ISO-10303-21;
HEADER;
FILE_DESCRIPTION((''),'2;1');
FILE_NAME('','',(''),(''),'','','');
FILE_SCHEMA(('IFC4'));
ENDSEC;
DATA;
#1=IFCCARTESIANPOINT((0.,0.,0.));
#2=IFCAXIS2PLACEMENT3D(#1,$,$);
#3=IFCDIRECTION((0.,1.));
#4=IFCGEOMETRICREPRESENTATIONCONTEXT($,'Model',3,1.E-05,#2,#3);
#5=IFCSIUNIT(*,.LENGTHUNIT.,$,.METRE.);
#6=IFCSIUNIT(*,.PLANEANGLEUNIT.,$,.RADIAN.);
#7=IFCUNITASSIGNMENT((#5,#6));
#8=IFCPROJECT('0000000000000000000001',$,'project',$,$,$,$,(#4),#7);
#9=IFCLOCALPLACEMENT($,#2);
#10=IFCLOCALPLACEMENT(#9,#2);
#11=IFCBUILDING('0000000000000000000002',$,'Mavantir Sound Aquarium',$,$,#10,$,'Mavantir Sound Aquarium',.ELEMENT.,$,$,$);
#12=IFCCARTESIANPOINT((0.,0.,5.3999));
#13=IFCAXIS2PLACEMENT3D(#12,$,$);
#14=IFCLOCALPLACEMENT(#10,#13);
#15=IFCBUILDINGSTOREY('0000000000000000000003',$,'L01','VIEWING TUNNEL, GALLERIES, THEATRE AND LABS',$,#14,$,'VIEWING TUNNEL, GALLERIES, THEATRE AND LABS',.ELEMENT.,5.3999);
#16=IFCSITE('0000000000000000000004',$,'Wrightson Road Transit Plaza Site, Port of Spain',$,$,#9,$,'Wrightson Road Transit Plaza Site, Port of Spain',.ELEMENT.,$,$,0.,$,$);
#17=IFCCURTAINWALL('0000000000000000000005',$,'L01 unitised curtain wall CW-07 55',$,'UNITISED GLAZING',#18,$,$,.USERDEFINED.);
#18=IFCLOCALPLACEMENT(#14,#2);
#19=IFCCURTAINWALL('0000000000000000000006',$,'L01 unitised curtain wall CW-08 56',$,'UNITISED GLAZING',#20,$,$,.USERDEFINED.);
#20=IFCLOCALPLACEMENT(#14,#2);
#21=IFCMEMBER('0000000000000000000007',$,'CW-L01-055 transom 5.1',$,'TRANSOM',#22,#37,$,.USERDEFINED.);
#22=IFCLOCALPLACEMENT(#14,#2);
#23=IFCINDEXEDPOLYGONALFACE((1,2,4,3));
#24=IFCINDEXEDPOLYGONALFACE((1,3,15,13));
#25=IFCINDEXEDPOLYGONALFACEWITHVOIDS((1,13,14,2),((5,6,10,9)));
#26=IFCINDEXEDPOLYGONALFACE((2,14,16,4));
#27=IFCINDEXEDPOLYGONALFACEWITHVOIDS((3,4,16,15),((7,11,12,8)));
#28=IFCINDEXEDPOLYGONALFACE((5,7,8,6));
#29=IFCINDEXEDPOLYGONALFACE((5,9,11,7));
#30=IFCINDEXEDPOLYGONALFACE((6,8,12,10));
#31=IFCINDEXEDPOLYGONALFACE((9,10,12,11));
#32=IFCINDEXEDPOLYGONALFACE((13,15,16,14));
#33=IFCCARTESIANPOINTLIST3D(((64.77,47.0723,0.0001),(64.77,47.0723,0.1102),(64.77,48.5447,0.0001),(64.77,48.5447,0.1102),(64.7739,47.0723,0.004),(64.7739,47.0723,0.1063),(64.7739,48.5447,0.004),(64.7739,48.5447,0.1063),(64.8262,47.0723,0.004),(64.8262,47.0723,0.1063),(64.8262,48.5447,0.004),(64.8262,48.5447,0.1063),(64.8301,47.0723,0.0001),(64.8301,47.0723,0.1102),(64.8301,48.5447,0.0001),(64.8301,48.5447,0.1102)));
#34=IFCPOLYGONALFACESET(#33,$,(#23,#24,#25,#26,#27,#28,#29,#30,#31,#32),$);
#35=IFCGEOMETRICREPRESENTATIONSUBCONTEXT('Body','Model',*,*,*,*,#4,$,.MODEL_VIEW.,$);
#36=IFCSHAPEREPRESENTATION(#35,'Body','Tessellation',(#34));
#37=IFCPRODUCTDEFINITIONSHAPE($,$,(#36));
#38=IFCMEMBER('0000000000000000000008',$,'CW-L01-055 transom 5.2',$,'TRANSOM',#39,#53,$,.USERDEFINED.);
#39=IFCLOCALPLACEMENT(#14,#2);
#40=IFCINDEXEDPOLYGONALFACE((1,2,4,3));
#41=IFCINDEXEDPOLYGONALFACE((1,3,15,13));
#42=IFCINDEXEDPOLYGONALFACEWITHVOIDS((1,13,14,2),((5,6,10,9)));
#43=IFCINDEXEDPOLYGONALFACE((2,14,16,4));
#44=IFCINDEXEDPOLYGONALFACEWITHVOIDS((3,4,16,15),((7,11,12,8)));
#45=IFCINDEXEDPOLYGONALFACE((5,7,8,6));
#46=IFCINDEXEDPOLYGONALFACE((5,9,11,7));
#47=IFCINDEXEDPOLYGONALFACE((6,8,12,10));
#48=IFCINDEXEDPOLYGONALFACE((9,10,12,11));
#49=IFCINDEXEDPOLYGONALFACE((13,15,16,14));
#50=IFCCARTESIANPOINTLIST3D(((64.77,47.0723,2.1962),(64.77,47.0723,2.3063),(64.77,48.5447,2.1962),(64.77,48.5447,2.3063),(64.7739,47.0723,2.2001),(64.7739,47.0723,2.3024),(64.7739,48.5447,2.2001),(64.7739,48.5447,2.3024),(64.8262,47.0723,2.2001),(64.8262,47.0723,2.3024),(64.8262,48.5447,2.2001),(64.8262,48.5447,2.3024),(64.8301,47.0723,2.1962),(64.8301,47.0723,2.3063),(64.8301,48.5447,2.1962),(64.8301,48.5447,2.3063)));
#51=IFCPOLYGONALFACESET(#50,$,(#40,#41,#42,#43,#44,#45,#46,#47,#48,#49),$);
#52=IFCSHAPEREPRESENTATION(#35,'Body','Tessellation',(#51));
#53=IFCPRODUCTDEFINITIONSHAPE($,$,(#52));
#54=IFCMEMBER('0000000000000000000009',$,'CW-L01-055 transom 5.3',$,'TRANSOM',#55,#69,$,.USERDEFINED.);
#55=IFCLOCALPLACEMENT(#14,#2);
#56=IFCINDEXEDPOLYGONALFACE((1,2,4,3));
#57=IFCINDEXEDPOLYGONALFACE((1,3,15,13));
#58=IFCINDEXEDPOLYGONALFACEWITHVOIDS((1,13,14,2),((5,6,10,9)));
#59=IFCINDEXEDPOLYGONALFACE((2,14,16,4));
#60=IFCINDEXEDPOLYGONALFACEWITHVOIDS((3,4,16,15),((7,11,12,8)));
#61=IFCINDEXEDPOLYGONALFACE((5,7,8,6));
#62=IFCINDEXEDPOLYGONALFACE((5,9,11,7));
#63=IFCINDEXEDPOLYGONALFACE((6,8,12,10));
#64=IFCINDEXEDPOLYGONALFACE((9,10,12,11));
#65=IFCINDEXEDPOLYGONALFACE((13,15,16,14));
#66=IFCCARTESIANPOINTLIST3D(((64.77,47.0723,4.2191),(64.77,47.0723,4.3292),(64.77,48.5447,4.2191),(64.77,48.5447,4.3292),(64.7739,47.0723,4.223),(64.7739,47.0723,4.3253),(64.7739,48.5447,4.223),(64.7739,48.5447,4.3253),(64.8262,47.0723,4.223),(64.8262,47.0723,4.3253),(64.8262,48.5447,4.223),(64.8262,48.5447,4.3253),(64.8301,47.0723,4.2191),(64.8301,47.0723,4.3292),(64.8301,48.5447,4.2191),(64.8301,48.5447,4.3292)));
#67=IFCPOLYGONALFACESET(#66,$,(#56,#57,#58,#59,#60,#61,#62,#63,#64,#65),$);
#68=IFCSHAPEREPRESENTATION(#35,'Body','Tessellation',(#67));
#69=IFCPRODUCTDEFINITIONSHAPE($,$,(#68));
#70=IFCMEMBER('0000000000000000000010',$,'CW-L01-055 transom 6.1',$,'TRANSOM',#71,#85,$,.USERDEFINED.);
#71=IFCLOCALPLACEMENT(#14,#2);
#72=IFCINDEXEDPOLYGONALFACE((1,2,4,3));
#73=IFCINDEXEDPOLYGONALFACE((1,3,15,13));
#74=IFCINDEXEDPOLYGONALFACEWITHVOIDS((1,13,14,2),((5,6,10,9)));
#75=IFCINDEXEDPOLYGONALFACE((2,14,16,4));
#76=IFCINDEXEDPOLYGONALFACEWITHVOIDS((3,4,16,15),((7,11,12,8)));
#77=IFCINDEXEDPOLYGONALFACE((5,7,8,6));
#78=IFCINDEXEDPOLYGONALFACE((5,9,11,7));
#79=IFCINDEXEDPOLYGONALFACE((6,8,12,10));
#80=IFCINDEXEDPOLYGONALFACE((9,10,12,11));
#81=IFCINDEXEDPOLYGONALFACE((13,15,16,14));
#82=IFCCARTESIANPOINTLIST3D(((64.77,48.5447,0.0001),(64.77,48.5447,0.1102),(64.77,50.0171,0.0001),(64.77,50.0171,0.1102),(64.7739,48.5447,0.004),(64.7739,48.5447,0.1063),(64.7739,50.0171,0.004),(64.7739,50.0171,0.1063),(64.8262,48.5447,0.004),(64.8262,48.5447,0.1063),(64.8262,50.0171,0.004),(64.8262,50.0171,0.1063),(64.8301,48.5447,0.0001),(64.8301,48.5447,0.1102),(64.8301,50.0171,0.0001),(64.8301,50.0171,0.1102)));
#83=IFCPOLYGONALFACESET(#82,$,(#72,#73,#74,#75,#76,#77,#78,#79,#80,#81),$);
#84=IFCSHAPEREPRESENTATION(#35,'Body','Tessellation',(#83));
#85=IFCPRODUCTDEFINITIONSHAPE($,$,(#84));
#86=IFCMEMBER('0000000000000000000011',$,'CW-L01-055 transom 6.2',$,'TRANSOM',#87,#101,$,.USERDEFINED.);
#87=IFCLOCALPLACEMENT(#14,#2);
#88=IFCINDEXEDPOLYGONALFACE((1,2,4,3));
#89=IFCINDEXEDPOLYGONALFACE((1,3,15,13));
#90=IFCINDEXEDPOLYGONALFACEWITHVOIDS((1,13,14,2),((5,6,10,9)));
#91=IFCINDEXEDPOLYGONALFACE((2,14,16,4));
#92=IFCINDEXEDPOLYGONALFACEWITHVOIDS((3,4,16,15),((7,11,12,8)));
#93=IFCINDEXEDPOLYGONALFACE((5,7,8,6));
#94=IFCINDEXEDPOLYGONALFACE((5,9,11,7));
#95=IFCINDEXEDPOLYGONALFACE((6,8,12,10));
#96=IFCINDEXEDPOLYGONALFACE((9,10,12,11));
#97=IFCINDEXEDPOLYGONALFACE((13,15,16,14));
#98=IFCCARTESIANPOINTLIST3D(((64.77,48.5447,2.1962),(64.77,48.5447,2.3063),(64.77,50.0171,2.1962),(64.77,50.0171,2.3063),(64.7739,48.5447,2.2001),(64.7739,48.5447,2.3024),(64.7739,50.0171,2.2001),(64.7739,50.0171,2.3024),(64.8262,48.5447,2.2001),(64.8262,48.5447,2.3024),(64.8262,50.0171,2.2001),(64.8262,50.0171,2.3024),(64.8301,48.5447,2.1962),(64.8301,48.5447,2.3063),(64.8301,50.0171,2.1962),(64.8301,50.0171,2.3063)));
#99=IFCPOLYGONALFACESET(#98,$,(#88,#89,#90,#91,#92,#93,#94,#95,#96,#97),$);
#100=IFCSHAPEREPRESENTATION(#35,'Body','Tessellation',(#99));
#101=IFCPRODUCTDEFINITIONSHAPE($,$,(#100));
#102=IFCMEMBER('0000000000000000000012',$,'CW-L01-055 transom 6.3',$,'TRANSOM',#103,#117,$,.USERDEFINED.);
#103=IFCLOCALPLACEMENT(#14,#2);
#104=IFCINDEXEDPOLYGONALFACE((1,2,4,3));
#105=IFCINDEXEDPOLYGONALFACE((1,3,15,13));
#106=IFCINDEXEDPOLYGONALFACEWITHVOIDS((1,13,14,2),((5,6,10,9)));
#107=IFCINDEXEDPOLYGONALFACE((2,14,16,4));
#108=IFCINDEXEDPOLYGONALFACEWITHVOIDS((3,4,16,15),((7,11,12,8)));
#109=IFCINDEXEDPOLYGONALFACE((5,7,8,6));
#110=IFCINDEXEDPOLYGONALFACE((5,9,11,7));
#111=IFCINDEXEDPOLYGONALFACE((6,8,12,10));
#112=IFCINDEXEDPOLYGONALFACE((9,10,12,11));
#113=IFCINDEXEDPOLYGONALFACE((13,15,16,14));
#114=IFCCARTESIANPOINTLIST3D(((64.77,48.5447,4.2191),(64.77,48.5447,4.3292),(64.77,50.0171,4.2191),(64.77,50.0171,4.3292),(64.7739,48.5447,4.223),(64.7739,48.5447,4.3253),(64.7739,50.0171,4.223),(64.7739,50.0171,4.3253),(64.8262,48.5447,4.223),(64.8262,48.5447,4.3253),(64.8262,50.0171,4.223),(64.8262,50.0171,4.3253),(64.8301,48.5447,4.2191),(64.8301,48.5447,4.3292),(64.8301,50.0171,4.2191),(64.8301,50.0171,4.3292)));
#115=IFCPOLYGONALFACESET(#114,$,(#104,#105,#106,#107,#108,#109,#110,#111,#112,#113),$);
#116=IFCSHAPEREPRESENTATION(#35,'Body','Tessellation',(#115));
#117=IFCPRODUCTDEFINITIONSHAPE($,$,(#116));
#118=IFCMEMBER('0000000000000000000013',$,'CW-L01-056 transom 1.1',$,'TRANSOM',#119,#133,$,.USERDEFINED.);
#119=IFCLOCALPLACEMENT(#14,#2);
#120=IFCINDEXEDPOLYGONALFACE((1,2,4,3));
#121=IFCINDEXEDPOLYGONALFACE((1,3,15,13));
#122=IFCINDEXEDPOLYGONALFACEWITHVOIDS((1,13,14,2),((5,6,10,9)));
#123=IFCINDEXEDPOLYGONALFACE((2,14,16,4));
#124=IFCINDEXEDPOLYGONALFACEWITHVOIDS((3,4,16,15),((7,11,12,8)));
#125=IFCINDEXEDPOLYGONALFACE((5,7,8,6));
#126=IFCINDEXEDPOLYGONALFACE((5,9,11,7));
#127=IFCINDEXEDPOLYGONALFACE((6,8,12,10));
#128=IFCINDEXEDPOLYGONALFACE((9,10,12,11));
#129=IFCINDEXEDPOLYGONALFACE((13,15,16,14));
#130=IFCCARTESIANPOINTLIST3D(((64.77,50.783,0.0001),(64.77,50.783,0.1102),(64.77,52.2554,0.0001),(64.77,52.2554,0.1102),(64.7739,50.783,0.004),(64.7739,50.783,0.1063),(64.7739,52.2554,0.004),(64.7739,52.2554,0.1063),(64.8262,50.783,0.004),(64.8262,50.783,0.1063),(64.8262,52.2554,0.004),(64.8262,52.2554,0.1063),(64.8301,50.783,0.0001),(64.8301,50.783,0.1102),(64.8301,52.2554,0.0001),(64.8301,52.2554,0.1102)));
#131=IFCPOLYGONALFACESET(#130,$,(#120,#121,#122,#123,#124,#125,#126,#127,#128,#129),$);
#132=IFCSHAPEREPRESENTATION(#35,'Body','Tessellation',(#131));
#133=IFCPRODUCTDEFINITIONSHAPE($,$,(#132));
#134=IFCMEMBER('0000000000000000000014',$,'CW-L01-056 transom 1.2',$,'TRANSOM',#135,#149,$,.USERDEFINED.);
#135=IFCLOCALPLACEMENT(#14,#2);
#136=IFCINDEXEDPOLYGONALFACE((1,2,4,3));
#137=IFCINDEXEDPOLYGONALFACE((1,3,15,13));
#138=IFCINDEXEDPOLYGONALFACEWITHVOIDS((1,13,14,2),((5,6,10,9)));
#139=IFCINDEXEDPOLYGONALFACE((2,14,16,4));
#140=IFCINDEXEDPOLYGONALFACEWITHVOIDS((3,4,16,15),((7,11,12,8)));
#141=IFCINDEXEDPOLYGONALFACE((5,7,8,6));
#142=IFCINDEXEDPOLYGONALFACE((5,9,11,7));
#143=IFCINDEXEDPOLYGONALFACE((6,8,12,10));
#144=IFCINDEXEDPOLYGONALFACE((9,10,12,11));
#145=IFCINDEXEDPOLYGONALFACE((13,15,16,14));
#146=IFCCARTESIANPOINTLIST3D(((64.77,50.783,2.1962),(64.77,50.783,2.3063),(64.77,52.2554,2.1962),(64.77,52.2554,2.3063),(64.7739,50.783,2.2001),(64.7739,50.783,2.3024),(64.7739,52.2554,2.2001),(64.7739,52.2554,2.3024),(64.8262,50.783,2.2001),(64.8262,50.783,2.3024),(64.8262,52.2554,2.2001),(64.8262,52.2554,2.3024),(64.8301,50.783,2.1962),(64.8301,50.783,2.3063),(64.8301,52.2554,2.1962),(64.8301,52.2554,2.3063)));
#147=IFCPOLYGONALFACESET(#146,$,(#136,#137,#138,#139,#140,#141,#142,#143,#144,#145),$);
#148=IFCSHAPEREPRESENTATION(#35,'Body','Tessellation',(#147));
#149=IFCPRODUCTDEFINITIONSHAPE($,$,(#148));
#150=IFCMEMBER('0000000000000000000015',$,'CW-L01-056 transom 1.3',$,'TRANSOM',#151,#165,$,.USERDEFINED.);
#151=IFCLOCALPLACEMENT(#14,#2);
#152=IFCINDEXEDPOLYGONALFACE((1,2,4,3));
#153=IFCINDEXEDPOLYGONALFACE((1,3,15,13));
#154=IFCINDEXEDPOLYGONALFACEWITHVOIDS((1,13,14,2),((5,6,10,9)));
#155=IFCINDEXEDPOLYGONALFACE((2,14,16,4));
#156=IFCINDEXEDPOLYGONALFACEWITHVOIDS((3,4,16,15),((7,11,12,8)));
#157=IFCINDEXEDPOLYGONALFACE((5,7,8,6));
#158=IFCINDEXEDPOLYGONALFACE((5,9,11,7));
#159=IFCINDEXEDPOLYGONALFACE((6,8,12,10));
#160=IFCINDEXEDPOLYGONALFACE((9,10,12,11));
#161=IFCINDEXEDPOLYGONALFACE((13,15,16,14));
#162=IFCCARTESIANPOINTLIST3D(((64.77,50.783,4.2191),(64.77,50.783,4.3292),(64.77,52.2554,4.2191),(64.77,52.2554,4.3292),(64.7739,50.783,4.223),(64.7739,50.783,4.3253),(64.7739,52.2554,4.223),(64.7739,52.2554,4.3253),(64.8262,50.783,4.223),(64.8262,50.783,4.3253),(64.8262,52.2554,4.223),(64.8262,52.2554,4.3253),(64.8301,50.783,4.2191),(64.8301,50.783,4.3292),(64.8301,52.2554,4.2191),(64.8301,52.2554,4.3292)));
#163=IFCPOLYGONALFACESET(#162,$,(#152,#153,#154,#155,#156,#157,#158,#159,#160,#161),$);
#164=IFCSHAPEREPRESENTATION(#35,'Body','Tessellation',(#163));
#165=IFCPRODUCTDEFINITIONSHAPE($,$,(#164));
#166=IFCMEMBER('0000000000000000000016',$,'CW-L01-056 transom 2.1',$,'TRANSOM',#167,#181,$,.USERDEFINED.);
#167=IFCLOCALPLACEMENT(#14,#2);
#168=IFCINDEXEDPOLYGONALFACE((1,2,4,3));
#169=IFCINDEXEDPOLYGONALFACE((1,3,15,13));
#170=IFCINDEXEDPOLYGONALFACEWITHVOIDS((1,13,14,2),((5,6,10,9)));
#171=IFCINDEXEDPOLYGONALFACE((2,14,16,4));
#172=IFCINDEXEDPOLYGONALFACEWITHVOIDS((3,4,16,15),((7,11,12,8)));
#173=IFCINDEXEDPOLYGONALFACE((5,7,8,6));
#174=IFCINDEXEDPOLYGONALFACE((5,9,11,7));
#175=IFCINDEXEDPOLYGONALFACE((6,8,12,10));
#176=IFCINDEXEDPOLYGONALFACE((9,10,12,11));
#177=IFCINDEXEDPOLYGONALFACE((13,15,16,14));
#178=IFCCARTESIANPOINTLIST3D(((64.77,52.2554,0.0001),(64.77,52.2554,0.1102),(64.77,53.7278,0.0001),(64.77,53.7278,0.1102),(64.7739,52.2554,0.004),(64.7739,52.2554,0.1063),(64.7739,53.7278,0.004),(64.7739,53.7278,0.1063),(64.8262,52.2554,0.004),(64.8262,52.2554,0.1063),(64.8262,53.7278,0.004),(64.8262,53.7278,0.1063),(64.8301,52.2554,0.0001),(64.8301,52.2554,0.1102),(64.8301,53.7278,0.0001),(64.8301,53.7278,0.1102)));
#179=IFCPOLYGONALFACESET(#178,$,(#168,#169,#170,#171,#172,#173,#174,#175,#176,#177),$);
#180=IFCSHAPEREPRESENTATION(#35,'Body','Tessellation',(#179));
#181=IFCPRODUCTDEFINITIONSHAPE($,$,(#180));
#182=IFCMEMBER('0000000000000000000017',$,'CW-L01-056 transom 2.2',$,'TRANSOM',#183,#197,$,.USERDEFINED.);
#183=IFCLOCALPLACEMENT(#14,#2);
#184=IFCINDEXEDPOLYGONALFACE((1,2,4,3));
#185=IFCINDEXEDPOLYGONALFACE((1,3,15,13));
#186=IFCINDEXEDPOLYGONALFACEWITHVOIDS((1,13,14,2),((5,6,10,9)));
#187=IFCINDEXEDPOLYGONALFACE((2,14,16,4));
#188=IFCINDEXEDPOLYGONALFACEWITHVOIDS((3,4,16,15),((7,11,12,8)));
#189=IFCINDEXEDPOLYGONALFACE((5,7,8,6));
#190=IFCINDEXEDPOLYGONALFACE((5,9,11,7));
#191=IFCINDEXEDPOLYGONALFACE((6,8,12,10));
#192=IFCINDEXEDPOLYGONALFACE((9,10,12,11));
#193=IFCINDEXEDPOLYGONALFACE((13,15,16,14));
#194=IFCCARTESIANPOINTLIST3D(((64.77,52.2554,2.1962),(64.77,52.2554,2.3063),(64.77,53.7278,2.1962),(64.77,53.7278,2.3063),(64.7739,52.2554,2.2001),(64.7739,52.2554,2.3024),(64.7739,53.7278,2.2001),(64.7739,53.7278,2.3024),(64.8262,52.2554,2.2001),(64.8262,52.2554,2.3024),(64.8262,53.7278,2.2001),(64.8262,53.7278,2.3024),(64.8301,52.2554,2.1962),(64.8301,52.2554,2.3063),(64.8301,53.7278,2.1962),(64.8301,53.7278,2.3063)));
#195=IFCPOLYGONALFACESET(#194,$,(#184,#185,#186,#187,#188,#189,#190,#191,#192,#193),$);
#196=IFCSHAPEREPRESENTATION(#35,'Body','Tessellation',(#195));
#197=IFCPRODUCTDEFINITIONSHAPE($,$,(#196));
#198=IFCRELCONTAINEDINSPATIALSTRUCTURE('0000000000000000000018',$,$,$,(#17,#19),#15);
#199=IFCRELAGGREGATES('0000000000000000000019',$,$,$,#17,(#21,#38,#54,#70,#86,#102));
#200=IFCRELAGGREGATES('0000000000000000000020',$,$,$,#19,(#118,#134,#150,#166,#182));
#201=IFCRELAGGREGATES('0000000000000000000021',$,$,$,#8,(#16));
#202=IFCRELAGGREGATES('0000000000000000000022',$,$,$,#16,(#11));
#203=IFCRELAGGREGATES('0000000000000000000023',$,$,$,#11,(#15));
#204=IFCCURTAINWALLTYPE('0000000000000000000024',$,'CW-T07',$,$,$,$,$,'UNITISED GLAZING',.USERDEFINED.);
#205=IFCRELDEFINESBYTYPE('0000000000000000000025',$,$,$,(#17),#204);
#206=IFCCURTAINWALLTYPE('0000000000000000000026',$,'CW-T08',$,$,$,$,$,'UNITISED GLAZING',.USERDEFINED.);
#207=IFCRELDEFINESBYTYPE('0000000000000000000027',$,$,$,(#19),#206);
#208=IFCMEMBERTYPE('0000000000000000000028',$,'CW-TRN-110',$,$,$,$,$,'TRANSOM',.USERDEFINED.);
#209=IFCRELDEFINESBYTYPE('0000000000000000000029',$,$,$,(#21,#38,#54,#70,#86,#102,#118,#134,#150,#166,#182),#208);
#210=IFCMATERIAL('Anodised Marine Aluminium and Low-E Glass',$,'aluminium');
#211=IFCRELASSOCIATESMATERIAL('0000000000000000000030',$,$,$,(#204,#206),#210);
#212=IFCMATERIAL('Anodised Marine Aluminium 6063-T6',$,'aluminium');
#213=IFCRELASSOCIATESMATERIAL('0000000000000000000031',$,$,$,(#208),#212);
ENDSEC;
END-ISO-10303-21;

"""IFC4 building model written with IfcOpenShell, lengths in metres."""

from ifc_helpers import new_model, si_unit, direction, frame, origin, origin_2d, place, context, subcontext, project, spatial, hollow_rectangle, extrude, material, material_profile, profile_set, type_object, element, aggregate, save


model = new_model("IFC4")

# Units and contexts
model_context = context("Model", 3, precision=1e-05, world=origin(), true_north=direction((0.0, 1.0)))
body_context = subcontext(model_context, "Body", "Model", "MODEL_VIEW")
ifc_project = project(units=[si_unit("LENGTHUNIT", "METRE"), si_unit("PLANEANGLEUNIT", "RADIAN")], contexts=[model_context])

# Site, building, storey
site_placement = place(None, origin())
site = spatial("IfcSite", under=ifc_project, at=site_placement, Name="Wrightson Road Transit Plaza Site, Port of Spain", LongName="Wrightson Road Transit Plaza Site, Port of Spain", CompositionType="ELEMENT", RefElevation=0.0)
building_placement = place(site_placement, origin())
building = spatial("IfcBuilding", under=site, at=building_placement, Name="Mavantir Sound Aquarium", LongName="Mavantir Sound Aquarium", CompositionType="ELEMENT")
storey_placement = place(building_placement, frame((0.0, 0.0, 5.3999)))
storey = spatial("IfcBuildingStorey", under=building, at=storey_placement, Name="L01", Description="VIEWING TUNNEL, GALLERIES, THEATRE AND LABS", LongName="VIEWING TUNNEL, GALLERIES, THEATRE AND LABS", CompositionType="ELEMENT", Elevation=5.3999)

# Curtain walls
ifc_material_1 = material(Name="Anodised Marine Aluminium and Low-E Glass", Category="aluminium")
curtain_wall_type_1 = type_object("IfcCurtainWallType", Name="CW-T07", ElementType="UNITISED GLAZING", PredefinedType="USERDEFINED", material=ifc_material_1)
curtain_wall_1_placement = place(storey_placement, origin())
curtain_wall_1 = element("IfcCurtainWall", 1, at=curtain_wall_1_placement, inside=storey, type_object=curtain_wall_type_1, Name="L01 unitised curtain wall CW-07 55", ObjectType="UNITISED GLAZING", PredefinedType="USERDEFINED")
ifc_material_2 = material(Name="Anodised Marine Aluminium 6063-T6", Category="aluminium")
curtain_wall_type_2 = type_object("IfcCurtainWallType", Name="CW-T08", ElementType="UNITISED GLAZING", PredefinedType="USERDEFINED", material=ifc_material_1)
curtain_wall_2_placement = place(storey_placement, origin())
curtain_wall_2 = element("IfcCurtainWall", 2, at=curtain_wall_2_placement, inside=storey, type_object=curtain_wall_type_2, Name="L01 unitised curtain wall CW-08 56", ObjectType="UNITISED GLAZING", PredefinedType="USERDEFINED")

# Members
ifc_material_profile_1 = material_profile(ifc_material_2, hollow_rectangle(XDim=0.0601, YDim=0.1101, WallThickness=0.0039, at=origin_2d()), Name="ALU-TRANSOM-110X60")
ifc_profile_set_1 = profile_set([ifc_material_profile_1], Name="Anodised Marine Aluminium 6063-T6")
member_type_1 = type_object("IfcMemberType", Name="CW-TRN-110", ElementType="TRANSOM", PredefinedType="USERDEFINED", material=ifc_profile_set_1)
member_1_placement = place(storey_placement, frame((64.8, 47.0723, 0.0552), z_axis=(0.0, 1.0, 0.0), x_axis=(-1.0, 0.0, 0.0)))
member_1 = element("IfcMember", 3, at=member_1_placement, type_object=member_type_1, Name="CW-L01-055 transom 5.1", ObjectType="TRANSOM", PredefinedType="USERDEFINED", context=body_context, shape_type="SweptSolid", body=[
    extrude(hollow_rectangle(XDim=0.0601, YDim=0.1101, WallThickness=0.0039, at=origin_2d()), origin(), (0.0, 0.0, 1.0), 1.4724),
])
member_2_placement = place(storey_placement, frame((64.8, 47.0723, 2.2512), z_axis=(0.0, 1.0, 0.0), x_axis=(-1.0, 0.0, 0.0)))
member_2 = element("IfcMember", 4, at=member_2_placement, type_object=member_type_1, Name="CW-L01-055 transom 5.2", ObjectType="TRANSOM", PredefinedType="USERDEFINED", context=body_context, shape_type="SweptSolid", body=[
    extrude(hollow_rectangle(XDim=0.0601, YDim=0.1101, WallThickness=0.0039, at=origin_2d()), origin(), (0.0, 0.0, 1.0), 1.4724),
])
member_3_placement = place(storey_placement, frame((64.8, 47.0723, 4.2742), z_axis=(0.0, 1.0, 0.0), x_axis=(-1.0, 0.0, 0.0)))
member_3 = element("IfcMember", 5, at=member_3_placement, type_object=member_type_1, Name="CW-L01-055 transom 5.3", ObjectType="TRANSOM", PredefinedType="USERDEFINED", context=body_context, shape_type="SweptSolid", body=[
    extrude(hollow_rectangle(XDim=0.0601, YDim=0.1101, WallThickness=0.0039, at=origin_2d()), origin(), (0.0, 0.0, 1.0), 1.4724),
])
member_4_placement = place(storey_placement, frame((64.8, 48.5447, 0.0552), z_axis=(0.0, 1.0, 0.0), x_axis=(-1.0, 0.0, 0.0)))
member_4 = element("IfcMember", 6, at=member_4_placement, type_object=member_type_1, Name="CW-L01-055 transom 6.1", ObjectType="TRANSOM", PredefinedType="USERDEFINED", context=body_context, shape_type="SweptSolid", body=[
    extrude(hollow_rectangle(XDim=0.0601, YDim=0.1101, WallThickness=0.0039, at=origin_2d()), origin(), (0.0, 0.0, 1.0), 1.4724),
])
member_5_placement = place(storey_placement, frame((64.8, 48.5447, 2.2512), z_axis=(0.0, 1.0, 0.0), x_axis=(-1.0, 0.0, 0.0)))
member_5 = element("IfcMember", 7, at=member_5_placement, type_object=member_type_1, Name="CW-L01-055 transom 6.2", ObjectType="TRANSOM", PredefinedType="USERDEFINED", context=body_context, shape_type="SweptSolid", body=[
    extrude(hollow_rectangle(XDim=0.0601, YDim=0.1101, WallThickness=0.0039, at=origin_2d()), origin(), (0.0, 0.0, 1.0), 1.4724),
])
member_6_placement = place(storey_placement, frame((64.8, 48.5447, 4.2742), z_axis=(0.0, 1.0, 0.0), x_axis=(-1.0, 0.0, 0.0)))
member_6 = element("IfcMember", 8, at=member_6_placement, type_object=member_type_1, Name="CW-L01-055 transom 6.3", ObjectType="TRANSOM", PredefinedType="USERDEFINED", context=body_context, shape_type="SweptSolid", body=[
    extrude(hollow_rectangle(XDim=0.0601, YDim=0.1101, WallThickness=0.0039, at=origin_2d()), origin(), (0.0, 0.0, 1.0), 1.4724),
])
member_7_placement = place(storey_placement, frame((64.8, 50.783, 0.0552), z_axis=(0.0, 1.0, 0.0), x_axis=(-1.0, 0.0, 0.0)))
member_7 = element("IfcMember", 9, at=member_7_placement, type_object=member_type_1, Name="CW-L01-056 transom 1.1", ObjectType="TRANSOM", PredefinedType="USERDEFINED", context=body_context, shape_type="SweptSolid", body=[
    extrude(hollow_rectangle(XDim=0.0601, YDim=0.1101, WallThickness=0.0039, at=origin_2d()), origin(), (0.0, 0.0, 1.0), 1.4724),
])
member_8_placement = place(storey_placement, frame((64.8, 50.783, 2.2512), z_axis=(0.0, 1.0, 0.0), x_axis=(-1.0, 0.0, 0.0)))
member_8 = element("IfcMember", 10, at=member_8_placement, type_object=member_type_1, Name="CW-L01-056 transom 1.2", ObjectType="TRANSOM", PredefinedType="USERDEFINED", context=body_context, shape_type="SweptSolid", body=[
    extrude(hollow_rectangle(XDim=0.0601, YDim=0.1101, WallThickness=0.0039, at=origin_2d()), origin(), (0.0, 0.0, 1.0), 1.4724),
])
member_9_placement = place(storey_placement, frame((64.8, 50.783, 4.2742), z_axis=(0.0, 1.0, 0.0), x_axis=(-1.0, 0.0, 0.0)))
member_9 = element("IfcMember", 11, at=member_9_placement, type_object=member_type_1, Name="CW-L01-056 transom 1.3", ObjectType="TRANSOM", PredefinedType="USERDEFINED", context=body_context, shape_type="SweptSolid", body=[
    extrude(hollow_rectangle(XDim=0.0601, YDim=0.1101, WallThickness=0.0039, at=origin_2d()), origin(), (0.0, 0.0, 1.0), 1.4724),
])
member_10_placement = place(storey_placement, frame((64.8, 52.2554, 0.0552), z_axis=(0.0, 1.0, 0.0), x_axis=(-1.0, 0.0, 0.0)))
member_10 = element("IfcMember", 12, at=member_10_placement, type_object=member_type_1, Name="CW-L01-056 transom 2.1", ObjectType="TRANSOM", PredefinedType="USERDEFINED", context=body_context, shape_type="SweptSolid", body=[
    extrude(hollow_rectangle(XDim=0.0601, YDim=0.1101, WallThickness=0.0039, at=origin_2d()), origin(), (0.0, 0.0, 1.0), 1.4724),
])
member_11_placement = place(storey_placement, frame((64.8, 52.2554, 2.2512), z_axis=(0.0, 1.0, 0.0), x_axis=(-1.0, 0.0, 0.0)))
member_11 = element("IfcMember", 13, at=member_11_placement, type_object=member_type_1, Name="CW-L01-056 transom 2.2", ObjectType="TRANSOM", PredefinedType="USERDEFINED", context=body_context, shape_type="SweptSolid", body=[
    extrude(hollow_rectangle(XDim=0.0601, YDim=0.1101, WallThickness=0.0039, at=origin_2d()), origin(), (0.0, 0.0, 1.0), 1.4724),
])

aggregate(curtain_wall_1, [member_1, member_2, member_3, member_4, member_5, member_6])
aggregate(curtain_wall_2, [member_7, member_8, member_9, member_10, member_11])

save(model, "model.ifc")
